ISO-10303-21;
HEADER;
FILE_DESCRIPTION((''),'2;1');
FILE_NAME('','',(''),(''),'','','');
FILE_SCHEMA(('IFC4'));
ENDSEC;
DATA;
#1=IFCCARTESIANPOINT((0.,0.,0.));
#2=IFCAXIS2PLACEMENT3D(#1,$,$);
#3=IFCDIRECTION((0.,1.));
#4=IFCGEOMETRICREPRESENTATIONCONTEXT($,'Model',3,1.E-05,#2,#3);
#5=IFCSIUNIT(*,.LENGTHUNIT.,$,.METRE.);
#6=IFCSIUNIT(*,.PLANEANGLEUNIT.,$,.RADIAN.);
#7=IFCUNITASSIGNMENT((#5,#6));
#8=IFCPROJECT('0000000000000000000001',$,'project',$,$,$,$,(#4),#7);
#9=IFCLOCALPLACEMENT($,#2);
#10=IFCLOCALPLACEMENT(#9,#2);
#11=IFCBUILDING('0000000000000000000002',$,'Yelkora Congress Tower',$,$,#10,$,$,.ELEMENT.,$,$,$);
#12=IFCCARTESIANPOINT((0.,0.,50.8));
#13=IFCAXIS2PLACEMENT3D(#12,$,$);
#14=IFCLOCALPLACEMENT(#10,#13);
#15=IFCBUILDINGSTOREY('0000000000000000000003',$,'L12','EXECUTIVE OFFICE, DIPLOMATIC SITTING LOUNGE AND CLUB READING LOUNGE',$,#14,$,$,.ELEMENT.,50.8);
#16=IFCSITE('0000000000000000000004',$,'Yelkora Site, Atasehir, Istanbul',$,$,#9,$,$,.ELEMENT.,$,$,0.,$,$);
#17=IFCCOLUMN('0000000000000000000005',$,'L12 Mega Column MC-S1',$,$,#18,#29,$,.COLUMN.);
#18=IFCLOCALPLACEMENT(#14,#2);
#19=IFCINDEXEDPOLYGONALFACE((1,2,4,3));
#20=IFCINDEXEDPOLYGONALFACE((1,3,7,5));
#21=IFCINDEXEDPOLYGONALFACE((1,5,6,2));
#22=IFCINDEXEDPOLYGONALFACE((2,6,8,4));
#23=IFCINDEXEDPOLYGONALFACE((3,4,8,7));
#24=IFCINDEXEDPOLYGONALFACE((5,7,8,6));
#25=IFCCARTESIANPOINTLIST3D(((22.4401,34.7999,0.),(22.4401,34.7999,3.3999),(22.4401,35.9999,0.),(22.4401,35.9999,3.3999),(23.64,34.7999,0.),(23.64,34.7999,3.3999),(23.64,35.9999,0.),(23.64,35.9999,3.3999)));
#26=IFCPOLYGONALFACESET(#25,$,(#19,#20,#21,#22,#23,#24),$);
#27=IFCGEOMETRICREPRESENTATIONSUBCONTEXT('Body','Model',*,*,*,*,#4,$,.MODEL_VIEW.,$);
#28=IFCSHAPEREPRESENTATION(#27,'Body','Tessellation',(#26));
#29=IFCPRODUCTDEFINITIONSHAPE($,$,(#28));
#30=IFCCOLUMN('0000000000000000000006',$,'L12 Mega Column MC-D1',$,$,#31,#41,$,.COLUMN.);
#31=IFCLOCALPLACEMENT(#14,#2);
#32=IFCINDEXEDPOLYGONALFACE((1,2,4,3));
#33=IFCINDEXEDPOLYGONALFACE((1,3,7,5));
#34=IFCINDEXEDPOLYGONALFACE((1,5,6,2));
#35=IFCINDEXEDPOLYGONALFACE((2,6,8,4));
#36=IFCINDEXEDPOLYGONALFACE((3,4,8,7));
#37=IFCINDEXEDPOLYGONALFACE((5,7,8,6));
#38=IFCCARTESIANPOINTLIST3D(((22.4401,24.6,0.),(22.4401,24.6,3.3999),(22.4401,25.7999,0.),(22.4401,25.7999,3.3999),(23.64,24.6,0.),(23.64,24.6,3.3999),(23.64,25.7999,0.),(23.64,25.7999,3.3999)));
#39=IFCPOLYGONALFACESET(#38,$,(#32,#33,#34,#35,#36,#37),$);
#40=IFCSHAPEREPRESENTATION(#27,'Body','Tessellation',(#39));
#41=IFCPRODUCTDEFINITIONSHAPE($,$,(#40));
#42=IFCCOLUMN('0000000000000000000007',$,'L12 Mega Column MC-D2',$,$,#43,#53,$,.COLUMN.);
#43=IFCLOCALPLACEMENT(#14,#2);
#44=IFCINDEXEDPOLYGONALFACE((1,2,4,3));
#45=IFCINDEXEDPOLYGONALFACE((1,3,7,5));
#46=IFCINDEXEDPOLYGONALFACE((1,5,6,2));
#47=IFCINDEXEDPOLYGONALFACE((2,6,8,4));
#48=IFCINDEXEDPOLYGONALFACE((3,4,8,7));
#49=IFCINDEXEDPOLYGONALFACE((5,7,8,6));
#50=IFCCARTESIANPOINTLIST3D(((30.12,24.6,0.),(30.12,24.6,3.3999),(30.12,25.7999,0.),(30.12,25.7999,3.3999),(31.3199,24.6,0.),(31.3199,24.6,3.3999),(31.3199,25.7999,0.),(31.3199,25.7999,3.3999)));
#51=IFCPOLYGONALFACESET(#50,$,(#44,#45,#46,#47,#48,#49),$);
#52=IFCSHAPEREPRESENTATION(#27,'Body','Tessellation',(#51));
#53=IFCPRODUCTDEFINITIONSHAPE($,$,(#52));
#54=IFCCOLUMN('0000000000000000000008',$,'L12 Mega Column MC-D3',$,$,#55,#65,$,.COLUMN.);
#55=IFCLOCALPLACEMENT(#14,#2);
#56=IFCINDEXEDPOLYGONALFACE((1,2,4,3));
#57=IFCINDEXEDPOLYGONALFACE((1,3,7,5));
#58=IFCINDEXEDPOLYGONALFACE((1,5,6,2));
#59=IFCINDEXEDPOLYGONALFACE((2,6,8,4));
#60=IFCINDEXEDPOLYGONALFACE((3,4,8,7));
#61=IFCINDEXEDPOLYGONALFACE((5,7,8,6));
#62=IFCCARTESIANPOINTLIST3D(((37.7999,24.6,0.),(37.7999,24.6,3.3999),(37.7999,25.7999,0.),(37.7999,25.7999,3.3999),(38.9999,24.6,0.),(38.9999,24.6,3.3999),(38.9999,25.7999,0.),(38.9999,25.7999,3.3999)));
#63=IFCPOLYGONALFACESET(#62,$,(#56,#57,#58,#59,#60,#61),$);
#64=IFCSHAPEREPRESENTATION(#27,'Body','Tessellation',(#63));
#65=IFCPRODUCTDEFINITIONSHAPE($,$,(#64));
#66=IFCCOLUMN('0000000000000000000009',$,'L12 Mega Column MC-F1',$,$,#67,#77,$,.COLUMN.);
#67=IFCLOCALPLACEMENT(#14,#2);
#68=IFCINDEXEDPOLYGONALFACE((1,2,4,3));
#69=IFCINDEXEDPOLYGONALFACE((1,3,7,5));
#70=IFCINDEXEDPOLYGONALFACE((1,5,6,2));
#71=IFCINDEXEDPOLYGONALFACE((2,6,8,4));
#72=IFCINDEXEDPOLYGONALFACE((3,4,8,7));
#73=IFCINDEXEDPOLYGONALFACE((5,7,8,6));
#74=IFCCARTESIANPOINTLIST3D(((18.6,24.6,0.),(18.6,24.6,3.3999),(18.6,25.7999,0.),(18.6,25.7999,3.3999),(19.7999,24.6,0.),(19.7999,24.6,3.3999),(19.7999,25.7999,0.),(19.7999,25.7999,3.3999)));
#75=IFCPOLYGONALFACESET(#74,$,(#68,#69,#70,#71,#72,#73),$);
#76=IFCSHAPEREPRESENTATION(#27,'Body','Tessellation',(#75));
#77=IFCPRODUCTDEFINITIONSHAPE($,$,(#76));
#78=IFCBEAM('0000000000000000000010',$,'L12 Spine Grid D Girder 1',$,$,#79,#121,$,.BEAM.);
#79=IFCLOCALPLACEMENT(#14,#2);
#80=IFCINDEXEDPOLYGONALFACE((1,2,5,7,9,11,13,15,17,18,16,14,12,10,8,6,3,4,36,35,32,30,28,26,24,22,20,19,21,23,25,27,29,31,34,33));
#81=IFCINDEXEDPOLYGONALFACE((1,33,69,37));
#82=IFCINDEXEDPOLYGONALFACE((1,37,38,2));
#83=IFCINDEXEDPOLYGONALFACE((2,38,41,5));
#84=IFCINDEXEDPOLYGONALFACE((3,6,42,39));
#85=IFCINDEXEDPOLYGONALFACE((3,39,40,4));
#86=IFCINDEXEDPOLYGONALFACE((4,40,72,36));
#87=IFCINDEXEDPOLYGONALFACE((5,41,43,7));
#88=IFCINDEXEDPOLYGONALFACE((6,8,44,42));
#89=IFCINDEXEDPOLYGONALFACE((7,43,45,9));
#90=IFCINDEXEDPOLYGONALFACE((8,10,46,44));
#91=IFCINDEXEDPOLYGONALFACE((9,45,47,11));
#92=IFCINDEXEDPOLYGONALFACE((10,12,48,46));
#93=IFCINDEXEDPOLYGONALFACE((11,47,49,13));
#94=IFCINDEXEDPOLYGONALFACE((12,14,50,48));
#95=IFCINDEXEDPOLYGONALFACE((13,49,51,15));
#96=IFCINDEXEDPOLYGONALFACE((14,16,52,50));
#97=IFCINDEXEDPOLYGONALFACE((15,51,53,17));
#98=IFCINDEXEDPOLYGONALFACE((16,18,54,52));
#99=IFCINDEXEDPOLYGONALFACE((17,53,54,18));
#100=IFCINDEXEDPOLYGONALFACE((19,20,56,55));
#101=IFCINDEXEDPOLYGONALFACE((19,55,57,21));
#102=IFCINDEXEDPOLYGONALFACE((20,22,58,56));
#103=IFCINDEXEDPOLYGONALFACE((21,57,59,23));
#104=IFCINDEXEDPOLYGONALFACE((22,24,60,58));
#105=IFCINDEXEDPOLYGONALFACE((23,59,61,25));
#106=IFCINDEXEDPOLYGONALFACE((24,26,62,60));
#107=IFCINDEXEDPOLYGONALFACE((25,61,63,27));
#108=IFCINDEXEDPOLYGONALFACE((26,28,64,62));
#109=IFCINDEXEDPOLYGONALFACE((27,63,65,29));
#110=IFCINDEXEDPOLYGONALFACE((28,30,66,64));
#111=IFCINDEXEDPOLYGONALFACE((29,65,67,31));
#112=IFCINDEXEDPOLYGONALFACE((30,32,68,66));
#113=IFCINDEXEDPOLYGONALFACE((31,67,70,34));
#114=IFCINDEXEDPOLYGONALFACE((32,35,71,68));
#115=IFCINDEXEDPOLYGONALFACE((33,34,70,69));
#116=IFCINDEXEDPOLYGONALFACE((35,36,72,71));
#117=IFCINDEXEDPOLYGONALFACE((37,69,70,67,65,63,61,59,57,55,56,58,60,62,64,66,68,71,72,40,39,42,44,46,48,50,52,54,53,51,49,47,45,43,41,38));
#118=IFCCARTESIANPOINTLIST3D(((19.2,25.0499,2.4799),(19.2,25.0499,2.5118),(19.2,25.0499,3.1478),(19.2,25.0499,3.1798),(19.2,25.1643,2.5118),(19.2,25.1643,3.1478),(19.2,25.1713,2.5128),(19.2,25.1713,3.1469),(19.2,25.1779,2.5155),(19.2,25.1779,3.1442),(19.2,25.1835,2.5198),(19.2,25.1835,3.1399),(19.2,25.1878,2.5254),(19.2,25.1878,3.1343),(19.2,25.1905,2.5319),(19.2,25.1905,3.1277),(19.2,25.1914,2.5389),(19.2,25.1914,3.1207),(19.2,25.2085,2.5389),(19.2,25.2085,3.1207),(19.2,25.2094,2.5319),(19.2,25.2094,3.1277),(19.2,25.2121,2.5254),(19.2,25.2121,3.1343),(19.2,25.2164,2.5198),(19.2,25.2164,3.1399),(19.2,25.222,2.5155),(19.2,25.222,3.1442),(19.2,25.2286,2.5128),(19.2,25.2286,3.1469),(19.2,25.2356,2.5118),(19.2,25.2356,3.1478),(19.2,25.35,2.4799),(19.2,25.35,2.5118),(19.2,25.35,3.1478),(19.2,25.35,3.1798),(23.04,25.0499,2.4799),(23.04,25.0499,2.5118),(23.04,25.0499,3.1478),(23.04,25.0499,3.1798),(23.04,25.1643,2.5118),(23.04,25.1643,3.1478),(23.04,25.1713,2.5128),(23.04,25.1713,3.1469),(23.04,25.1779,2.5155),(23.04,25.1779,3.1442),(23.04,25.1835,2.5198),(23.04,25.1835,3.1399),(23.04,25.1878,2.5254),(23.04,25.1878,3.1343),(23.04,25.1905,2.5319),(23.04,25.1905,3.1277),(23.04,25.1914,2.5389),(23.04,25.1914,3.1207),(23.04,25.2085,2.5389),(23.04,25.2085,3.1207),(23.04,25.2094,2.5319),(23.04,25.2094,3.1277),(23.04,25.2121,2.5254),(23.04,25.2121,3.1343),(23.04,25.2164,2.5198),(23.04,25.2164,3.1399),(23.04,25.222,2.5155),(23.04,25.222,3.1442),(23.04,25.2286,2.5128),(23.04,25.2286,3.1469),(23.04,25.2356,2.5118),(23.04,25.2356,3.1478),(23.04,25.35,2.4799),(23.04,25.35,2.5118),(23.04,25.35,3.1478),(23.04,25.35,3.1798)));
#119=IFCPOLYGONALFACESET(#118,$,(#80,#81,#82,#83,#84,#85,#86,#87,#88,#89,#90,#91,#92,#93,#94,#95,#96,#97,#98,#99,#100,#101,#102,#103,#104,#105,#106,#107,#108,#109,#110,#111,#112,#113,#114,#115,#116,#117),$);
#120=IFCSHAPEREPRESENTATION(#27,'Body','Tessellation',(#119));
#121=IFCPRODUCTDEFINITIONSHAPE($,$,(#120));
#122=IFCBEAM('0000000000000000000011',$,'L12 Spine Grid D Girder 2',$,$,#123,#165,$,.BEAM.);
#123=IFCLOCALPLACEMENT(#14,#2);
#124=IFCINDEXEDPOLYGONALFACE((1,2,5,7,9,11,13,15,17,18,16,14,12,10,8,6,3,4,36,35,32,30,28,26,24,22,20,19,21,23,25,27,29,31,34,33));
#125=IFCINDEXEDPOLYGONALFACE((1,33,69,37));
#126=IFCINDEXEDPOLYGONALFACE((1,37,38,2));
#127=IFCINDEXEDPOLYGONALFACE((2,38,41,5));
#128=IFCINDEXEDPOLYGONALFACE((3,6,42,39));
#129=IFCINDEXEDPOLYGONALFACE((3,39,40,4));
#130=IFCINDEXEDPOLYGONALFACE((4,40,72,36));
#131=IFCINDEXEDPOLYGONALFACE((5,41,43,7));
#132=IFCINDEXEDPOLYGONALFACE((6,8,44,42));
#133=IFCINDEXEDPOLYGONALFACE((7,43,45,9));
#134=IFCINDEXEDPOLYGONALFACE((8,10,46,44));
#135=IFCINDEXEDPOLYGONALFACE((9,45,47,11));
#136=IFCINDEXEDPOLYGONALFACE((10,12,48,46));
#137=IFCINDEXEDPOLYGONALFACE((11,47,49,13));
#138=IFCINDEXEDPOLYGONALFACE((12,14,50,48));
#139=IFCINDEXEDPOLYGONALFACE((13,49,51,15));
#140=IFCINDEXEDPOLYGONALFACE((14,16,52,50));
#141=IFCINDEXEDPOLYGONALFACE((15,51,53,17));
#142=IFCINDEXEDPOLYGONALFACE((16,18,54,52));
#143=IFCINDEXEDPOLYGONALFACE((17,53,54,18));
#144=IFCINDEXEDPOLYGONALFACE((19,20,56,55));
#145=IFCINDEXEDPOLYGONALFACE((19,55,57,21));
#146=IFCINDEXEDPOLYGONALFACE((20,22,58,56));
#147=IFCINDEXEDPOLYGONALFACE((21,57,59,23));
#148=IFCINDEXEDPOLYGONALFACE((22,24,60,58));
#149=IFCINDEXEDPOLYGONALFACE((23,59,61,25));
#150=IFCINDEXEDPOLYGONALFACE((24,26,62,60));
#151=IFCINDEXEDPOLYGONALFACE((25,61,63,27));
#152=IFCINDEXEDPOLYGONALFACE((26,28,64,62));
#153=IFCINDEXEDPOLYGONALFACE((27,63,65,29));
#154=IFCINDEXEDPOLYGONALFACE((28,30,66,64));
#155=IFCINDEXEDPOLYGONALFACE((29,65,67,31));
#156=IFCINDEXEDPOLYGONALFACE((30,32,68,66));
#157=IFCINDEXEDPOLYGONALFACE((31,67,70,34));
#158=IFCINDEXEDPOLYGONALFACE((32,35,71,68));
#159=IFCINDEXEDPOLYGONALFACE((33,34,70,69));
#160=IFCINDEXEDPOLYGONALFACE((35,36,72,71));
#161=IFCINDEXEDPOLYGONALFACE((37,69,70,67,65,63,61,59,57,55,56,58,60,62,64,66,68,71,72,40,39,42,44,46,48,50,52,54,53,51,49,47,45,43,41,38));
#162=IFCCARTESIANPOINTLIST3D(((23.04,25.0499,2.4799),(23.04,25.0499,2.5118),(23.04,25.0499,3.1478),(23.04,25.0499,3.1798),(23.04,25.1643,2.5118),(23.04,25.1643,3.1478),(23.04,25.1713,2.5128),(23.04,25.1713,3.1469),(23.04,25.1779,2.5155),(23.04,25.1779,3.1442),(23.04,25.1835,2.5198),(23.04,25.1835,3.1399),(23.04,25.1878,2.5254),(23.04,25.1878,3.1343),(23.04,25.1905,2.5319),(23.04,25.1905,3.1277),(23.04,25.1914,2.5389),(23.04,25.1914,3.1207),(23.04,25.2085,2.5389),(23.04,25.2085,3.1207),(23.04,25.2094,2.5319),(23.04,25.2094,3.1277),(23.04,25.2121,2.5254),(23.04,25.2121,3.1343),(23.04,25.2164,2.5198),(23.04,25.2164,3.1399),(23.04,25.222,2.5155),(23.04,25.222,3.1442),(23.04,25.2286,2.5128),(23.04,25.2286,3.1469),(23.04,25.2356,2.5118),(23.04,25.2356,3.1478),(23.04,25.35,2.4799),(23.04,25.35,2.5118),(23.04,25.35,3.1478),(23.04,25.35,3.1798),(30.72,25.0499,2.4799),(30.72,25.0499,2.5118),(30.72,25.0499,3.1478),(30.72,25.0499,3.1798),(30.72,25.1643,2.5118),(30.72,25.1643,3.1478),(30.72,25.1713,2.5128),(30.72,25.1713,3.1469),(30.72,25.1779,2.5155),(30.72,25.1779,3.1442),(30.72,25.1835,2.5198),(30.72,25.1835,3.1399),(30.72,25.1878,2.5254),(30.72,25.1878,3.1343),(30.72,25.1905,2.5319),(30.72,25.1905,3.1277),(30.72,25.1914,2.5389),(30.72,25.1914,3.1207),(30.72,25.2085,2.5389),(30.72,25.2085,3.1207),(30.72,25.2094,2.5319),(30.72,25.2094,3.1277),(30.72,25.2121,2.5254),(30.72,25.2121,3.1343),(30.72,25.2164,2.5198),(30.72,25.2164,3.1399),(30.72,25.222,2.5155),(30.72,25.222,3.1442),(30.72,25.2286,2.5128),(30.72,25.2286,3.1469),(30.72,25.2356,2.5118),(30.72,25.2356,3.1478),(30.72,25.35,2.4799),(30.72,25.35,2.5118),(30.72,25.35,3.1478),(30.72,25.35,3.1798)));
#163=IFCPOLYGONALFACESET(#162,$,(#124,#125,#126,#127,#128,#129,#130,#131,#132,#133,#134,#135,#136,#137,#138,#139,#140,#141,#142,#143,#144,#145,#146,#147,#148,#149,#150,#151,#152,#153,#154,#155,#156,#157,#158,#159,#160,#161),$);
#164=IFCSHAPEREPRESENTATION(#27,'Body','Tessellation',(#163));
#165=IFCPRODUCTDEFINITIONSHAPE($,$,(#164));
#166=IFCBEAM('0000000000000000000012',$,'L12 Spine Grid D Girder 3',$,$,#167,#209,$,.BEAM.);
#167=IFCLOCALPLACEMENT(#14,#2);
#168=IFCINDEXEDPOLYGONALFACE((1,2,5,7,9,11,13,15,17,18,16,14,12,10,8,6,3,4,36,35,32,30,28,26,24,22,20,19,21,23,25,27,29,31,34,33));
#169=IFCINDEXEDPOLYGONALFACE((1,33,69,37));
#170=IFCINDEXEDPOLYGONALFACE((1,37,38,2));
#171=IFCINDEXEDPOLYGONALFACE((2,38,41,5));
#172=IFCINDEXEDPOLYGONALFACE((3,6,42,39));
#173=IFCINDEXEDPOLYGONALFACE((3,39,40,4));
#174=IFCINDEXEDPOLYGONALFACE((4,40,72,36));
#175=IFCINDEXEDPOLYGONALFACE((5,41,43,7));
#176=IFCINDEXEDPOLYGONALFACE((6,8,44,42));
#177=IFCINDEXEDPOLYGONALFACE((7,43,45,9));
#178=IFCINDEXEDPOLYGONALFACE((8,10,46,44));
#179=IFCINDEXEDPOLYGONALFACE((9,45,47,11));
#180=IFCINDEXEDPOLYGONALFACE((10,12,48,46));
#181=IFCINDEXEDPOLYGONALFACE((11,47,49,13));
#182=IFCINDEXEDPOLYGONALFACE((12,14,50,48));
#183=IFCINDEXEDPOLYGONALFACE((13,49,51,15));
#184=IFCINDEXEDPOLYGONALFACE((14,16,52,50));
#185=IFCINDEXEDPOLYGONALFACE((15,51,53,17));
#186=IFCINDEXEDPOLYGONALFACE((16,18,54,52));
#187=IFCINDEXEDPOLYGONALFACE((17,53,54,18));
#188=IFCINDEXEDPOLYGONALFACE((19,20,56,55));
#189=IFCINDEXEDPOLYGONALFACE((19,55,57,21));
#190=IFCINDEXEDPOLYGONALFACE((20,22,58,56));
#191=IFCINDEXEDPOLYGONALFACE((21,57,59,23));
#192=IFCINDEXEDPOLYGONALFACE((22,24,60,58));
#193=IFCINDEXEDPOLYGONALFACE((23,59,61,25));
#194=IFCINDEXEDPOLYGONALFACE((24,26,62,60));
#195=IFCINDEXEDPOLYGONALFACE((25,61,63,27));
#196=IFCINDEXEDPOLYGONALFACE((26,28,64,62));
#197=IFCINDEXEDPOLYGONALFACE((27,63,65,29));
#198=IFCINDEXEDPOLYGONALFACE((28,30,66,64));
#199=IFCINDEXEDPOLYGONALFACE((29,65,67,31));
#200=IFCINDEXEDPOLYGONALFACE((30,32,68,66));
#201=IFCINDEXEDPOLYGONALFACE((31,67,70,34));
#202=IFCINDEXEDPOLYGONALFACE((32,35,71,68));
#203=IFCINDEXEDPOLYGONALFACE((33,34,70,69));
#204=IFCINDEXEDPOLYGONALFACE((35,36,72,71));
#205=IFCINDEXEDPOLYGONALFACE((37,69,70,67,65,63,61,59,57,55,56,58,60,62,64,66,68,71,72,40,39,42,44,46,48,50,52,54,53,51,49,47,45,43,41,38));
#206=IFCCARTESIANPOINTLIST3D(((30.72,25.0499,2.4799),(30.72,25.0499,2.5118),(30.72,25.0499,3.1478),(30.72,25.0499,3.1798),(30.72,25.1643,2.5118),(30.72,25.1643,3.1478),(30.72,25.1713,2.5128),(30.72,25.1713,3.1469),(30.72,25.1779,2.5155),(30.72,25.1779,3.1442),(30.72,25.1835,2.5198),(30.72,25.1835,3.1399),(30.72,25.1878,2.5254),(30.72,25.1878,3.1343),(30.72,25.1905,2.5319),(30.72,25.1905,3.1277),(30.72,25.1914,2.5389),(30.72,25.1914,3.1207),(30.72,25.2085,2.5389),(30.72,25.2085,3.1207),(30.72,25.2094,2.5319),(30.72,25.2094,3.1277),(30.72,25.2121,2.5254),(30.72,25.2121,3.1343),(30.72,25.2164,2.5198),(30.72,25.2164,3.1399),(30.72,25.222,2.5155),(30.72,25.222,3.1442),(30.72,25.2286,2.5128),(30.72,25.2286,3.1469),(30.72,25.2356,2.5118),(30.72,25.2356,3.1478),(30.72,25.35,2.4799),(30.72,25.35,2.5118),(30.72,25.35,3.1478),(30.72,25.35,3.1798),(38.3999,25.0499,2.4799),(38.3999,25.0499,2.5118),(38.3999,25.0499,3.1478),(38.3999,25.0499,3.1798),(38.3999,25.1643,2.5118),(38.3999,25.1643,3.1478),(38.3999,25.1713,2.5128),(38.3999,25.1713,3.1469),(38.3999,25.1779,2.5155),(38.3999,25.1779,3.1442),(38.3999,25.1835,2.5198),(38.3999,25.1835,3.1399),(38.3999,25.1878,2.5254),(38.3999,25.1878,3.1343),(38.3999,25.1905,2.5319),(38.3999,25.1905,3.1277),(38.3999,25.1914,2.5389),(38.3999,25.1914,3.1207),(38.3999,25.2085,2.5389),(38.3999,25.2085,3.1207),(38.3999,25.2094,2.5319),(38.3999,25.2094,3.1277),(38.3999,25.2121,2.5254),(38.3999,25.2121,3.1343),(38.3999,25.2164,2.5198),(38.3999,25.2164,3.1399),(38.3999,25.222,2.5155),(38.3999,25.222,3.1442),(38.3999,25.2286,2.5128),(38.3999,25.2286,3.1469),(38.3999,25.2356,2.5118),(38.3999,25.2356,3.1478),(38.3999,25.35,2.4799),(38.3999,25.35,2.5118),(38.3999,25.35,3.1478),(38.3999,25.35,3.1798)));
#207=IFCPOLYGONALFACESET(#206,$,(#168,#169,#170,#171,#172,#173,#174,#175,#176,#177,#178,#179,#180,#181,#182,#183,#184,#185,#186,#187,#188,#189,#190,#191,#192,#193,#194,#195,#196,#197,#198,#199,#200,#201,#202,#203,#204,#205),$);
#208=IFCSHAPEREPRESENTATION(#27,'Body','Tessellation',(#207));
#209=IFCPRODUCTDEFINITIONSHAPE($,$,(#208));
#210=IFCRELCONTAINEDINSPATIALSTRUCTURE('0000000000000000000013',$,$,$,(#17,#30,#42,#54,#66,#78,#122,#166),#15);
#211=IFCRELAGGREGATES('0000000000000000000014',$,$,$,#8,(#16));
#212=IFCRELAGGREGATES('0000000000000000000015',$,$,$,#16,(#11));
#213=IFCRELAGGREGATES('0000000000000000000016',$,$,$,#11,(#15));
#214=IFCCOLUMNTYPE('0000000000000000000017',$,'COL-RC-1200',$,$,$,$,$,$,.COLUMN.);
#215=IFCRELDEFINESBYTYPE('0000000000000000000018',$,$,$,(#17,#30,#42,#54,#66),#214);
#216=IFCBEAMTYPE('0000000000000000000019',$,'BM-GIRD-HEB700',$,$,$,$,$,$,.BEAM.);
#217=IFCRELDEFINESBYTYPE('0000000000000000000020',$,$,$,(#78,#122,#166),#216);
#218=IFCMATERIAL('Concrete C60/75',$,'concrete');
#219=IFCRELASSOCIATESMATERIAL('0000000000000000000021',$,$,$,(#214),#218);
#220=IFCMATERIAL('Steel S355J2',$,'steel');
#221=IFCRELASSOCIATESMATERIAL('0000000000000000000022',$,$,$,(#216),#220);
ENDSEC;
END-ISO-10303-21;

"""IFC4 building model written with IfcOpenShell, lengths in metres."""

from ifc_helpers import new_model, si_unit, direction, frame, origin, origin_2d, place, context, subcontext, project, spatial, rectangle, i_section, extrude, material, material_profile, profile_set, type_object, element, save


model = new_model("IFC4")

# Units and contexts
model_context = context("Model", 3, precision=1e-05, world=origin(), true_north=direction((0.0, 1.0)))
body_context = subcontext(model_context, "Body", "Model", "MODEL_VIEW")
ifc_project = project(units=[si_unit("LENGTHUNIT", "METRE"), si_unit("PLANEANGLEUNIT", "RADIAN")], contexts=[model_context])

# Site, building, storey
site_placement = place(None, origin())
site = spatial("IfcSite", under=ifc_project, at=site_placement, Name="Yelkora Site, Atasehir, Istanbul", CompositionType="ELEMENT", RefElevation=0.0)
building_placement = place(site_placement, origin())
building = spatial("IfcBuilding", under=site, at=building_placement, Name="Yelkora Congress Tower", CompositionType="ELEMENT")
storey_placement = place(building_placement, frame((0.0, 0.0, 50.8)))
storey = spatial("IfcBuildingStorey", under=building, at=storey_placement, Name="L12", Description="EXECUTIVE OFFICE, DIPLOMATIC SITTING LOUNGE AND CLUB READING LOUNGE", CompositionType="ELEMENT", Elevation=50.8)

# Columns
ifc_material_1 = material(Name="Concrete C60/75", Category="concrete")
ifc_material_profile_1 = material_profile(ifc_material_1, rectangle(XDim=1.2, YDim=1.2, at=origin_2d()), Name="RC 1200x1200")
ifc_profile_set_1 = profile_set([ifc_material_profile_1], Name="Concrete C60/75")
column_type = type_object("IfcColumnType", Name="COL-RC-1200", PredefinedType="COLUMN", material=ifc_profile_set_1)
for number, where, z_axis, x_axis, name in (
    (1, (23.04, 35.3999, 0.0), (0.0, 0.0, 1.0), (1.0, 0.0, 0.0), "L12 Mega Column MC-S1"),
    (2, (23.04, 25.2, 0.0), (0.0, 0.0, 1.0), (1.0, 0.0, 0.0), "L12 Mega Column MC-D1"),
    (3, (30.72, 25.2, 0.0), (0.0, 0.0, 1.0), (1.0, 0.0, 0.0), "L12 Mega Column MC-D2"),
    (4, (38.3999, 25.2, 0.0), (0.0, 0.0, 1.0), (1.0, 0.0, 0.0), "L12 Mega Column MC-D3"),
    (5, (19.2, 25.2, 0.0), (0.0, 0.0, 1.0), (1.0, 0.0, 0.0), "L12 Mega Column MC-F1"),
):
    element("IfcColumn", number, at=place(storey_placement, frame(where, z_axis=z_axis, x_axis=x_axis)), inside=storey, type_object=column_type, Name=name, PredefinedType="COLUMN", context=body_context, shape_type="SweptSolid", body=[
        extrude(rectangle(XDim=1.2, YDim=1.2, at=origin_2d()), origin(), (0.0, 0.0, 1.0), 3.3999),
    ])

# Beams
ifc_material_2 = material(Name="Steel S355J2", Category="steel")
ifc_material_profile_2 = material_profile(ifc_material_2, i_section(OverallWidth=0.3, OverallDepth=0.7, WebThickness=0.0171, FlangeThickness=0.032, FilletRadius=0.0271, at=origin_2d()), Name="HEB 700")
ifc_profile_set_2 = profile_set([ifc_material_profile_2], Name="Steel S355J2")
beam_type_1 = type_object("IfcBeamType", Name="BM-GIRD-HEB700", PredefinedType="BEAM", material=ifc_profile_set_2)
beam_1_placement = place(storey_placement, frame((19.2, 25.2, 2.8298), z_axis=(1.0, 0.0, 0.0), x_axis=(0.0, 1.0, 0.0)))
element("IfcBeam", 6, at=beam_1_placement, inside=storey, type_object=beam_type_1, Name="L12 Spine Grid D Girder 1", PredefinedType="BEAM", context=body_context, shape_type="SweptSolid", body=[
    extrude(i_section(OverallWidth=0.3, OverallDepth=0.7, WebThickness=0.0171, FlangeThickness=0.032, FilletRadius=0.0271, at=origin_2d()), origin(), (0.0, 0.0, 1.0), 3.8401),
])
for number, where, z_axis, x_axis, name in (
    (7, (23.04, 25.2, 2.8298), (1.0, 0.0, 0.0), (0.0, 1.0, 0.0), "L12 Spine Grid D Girder 2"),
    (8, (30.72, 25.2, 2.8298), (1.0, 0.0, 0.0), (0.0, 1.0, 0.0), "L12 Spine Grid D Girder 3"),
):
    element("IfcBeam", number, at=place(storey_placement, frame(where, z_axis=z_axis, x_axis=x_axis)), inside=storey, type_object=beam_type_1, Name=name, PredefinedType="BEAM", context=body_context, shape_type="SweptSolid", body=[
        extrude(i_section(OverallWidth=0.3, OverallDepth=0.7, WebThickness=0.0171, FlangeThickness=0.032, FilletRadius=0.0271, at=origin_2d()), origin(), (0.0, 0.0, 1.0), 7.6799),
    ])

save(model, "model.ifc")
